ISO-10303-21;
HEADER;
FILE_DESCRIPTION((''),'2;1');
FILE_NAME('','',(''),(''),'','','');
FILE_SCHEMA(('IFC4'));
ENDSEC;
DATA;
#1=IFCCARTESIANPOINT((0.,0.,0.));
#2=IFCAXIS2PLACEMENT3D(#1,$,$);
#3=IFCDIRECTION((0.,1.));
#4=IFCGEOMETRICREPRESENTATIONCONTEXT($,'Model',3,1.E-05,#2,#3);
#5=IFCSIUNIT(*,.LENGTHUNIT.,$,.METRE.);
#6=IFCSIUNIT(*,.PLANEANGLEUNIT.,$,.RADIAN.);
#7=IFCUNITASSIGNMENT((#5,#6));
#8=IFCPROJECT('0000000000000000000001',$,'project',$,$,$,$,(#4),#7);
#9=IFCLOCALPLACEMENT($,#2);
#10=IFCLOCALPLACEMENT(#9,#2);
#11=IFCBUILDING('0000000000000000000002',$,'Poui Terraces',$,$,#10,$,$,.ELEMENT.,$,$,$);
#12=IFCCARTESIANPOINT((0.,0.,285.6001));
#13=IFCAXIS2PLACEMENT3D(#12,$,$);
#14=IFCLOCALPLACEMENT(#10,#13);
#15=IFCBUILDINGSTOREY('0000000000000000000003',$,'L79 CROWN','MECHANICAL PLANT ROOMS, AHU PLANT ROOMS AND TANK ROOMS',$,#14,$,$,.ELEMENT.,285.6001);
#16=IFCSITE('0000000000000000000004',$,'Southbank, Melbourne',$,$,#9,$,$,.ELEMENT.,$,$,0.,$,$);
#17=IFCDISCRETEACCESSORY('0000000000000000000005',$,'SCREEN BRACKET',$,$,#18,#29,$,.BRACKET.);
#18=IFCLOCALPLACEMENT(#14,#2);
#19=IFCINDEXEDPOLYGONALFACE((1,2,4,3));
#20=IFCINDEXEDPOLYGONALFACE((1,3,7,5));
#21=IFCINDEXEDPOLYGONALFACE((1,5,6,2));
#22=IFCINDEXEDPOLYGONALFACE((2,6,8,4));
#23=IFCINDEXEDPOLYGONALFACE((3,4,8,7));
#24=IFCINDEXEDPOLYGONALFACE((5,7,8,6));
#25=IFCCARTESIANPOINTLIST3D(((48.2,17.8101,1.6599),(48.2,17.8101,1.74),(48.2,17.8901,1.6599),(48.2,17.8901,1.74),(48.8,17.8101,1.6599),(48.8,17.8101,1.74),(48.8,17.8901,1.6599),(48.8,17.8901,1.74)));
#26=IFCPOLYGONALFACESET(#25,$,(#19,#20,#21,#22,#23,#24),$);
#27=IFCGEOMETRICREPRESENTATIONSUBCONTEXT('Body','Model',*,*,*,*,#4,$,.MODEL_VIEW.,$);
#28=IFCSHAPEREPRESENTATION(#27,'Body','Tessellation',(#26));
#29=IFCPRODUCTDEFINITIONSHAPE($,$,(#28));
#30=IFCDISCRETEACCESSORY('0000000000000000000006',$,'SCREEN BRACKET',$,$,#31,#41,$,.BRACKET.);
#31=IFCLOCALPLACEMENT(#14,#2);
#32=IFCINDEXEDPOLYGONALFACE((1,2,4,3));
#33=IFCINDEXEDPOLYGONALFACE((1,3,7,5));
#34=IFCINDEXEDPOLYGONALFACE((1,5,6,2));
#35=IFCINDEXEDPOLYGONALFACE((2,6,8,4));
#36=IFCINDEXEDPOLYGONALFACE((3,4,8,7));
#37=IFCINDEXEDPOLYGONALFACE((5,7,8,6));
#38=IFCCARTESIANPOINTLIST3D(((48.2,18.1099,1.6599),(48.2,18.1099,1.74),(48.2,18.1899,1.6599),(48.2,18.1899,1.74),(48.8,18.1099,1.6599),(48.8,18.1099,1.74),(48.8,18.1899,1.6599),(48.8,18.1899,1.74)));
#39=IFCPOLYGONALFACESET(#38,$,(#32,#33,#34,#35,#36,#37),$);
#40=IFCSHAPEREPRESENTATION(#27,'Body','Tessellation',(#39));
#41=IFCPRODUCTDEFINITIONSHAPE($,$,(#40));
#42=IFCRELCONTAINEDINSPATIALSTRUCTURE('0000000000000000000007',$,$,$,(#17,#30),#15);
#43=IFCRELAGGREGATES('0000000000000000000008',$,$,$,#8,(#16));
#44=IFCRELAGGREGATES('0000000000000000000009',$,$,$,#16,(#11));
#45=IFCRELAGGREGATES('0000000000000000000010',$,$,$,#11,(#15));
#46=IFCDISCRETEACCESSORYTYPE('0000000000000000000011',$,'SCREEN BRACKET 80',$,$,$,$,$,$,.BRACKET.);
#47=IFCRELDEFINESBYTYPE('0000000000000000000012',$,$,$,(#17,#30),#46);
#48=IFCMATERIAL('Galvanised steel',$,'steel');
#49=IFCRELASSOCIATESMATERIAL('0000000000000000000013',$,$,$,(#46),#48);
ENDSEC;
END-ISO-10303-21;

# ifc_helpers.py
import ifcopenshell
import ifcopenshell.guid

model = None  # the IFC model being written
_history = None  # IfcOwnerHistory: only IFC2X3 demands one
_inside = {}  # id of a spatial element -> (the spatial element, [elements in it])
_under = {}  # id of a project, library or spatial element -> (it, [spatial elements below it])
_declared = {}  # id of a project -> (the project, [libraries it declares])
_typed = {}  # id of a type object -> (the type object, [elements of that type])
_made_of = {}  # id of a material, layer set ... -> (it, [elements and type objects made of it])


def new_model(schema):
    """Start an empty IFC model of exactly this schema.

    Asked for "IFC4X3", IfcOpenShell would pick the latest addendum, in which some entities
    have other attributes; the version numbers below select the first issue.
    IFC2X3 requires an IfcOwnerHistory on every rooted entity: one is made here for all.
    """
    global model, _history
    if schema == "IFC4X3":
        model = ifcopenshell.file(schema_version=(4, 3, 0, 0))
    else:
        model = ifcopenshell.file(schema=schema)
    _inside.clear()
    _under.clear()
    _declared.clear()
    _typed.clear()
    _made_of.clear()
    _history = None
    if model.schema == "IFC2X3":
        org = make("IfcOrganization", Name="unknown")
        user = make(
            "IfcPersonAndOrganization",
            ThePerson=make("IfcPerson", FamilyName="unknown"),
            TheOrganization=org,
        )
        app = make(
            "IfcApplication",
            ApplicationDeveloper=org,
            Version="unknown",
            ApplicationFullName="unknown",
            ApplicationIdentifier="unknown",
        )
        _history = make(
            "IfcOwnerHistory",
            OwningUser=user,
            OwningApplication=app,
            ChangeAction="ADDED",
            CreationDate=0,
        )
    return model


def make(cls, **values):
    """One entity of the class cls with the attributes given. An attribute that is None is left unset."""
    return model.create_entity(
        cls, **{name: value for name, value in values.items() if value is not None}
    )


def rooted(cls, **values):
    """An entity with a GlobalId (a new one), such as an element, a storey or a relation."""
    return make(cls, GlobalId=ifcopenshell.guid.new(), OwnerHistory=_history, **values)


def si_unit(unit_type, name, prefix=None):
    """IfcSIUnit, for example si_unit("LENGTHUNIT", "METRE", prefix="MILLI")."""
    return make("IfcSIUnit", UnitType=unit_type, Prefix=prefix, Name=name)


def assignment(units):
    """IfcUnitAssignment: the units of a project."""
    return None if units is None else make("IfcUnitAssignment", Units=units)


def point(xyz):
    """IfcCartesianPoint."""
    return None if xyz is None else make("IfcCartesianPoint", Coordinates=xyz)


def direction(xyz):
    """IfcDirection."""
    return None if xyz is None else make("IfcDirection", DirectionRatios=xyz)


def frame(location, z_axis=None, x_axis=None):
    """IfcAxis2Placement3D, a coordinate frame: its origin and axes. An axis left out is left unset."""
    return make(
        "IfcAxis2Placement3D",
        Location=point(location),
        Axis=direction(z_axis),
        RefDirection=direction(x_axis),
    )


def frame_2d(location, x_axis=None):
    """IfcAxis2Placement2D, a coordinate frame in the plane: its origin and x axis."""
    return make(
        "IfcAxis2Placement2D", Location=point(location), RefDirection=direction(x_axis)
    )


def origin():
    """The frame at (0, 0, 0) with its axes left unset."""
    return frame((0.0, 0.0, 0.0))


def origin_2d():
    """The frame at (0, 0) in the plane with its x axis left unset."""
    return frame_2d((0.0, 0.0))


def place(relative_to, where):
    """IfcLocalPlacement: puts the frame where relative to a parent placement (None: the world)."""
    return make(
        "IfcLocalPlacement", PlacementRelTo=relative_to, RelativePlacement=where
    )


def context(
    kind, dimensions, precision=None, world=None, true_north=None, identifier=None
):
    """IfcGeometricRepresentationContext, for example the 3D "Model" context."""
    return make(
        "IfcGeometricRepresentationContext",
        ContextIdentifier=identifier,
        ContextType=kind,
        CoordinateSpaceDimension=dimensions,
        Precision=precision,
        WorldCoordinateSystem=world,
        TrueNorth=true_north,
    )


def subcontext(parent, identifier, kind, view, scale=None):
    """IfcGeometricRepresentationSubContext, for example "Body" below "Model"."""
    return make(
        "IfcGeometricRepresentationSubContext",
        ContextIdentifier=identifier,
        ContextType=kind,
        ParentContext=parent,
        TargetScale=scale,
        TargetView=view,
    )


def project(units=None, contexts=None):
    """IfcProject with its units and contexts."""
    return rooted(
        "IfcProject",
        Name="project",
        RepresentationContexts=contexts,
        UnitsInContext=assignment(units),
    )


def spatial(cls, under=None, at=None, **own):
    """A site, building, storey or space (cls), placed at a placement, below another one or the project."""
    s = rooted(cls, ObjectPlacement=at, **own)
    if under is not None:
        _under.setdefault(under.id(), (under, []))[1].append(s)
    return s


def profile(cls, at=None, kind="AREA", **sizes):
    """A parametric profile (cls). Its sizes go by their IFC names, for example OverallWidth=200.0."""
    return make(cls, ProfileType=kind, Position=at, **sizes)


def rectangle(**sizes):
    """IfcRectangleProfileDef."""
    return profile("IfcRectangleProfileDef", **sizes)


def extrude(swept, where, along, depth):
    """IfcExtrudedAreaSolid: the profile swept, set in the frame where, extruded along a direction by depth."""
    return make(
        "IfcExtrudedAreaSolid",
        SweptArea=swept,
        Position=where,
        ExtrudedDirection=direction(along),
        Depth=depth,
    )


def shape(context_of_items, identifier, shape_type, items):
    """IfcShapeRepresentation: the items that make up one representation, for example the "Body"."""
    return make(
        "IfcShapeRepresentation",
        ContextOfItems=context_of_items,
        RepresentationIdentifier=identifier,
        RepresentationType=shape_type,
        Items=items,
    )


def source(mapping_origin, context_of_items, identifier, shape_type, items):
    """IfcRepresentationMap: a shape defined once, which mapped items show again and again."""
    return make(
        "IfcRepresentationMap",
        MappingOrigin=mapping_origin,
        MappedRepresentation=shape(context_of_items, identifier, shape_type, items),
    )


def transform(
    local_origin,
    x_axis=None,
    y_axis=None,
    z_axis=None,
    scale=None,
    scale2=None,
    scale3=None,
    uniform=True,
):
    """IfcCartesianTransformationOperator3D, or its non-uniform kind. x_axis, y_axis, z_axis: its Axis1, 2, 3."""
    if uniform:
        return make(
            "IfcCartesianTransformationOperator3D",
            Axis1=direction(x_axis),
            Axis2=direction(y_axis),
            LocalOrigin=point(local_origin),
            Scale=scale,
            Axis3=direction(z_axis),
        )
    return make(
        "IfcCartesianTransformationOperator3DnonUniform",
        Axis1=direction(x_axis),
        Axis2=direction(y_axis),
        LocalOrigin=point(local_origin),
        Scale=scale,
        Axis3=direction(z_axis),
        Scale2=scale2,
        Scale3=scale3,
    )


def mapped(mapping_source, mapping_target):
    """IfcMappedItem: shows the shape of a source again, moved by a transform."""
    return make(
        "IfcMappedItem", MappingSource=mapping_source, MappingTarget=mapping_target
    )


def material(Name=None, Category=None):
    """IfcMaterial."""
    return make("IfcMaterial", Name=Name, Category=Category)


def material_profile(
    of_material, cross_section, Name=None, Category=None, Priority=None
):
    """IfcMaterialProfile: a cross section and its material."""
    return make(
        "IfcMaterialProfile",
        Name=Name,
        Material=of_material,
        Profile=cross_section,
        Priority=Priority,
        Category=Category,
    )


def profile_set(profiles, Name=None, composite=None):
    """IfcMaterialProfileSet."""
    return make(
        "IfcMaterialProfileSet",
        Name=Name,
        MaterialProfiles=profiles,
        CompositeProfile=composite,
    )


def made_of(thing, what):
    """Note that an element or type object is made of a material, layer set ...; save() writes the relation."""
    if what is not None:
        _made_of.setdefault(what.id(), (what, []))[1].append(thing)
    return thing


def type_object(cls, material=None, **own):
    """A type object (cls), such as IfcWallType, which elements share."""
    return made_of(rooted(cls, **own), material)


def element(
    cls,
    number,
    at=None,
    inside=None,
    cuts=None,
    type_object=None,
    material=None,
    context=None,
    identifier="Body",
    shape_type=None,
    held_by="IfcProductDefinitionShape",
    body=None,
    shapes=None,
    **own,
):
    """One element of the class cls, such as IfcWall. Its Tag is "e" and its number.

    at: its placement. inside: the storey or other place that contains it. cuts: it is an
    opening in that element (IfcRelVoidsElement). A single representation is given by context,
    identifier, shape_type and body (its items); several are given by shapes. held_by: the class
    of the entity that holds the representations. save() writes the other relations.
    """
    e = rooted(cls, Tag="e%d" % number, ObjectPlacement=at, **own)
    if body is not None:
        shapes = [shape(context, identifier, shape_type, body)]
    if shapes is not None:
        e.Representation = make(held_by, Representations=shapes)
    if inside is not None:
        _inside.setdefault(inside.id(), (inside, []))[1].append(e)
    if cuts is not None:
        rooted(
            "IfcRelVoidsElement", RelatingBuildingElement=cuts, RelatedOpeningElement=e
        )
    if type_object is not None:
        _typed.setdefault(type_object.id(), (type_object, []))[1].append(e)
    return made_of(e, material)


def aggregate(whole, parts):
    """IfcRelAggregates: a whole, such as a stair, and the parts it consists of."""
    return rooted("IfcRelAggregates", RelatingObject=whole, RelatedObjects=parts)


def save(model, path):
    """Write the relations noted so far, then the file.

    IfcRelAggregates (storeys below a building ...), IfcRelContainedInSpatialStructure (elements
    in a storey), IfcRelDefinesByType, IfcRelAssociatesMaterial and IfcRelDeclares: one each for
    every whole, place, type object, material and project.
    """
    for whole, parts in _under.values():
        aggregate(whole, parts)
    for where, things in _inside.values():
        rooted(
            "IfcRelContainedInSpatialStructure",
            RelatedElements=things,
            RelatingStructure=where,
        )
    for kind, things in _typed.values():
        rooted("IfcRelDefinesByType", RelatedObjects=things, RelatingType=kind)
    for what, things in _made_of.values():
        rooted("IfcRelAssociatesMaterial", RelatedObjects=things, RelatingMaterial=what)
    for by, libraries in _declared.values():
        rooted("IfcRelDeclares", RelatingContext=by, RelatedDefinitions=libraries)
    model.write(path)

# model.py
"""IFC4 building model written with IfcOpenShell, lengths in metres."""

from ifc_helpers import new_model, si_unit, direction, frame, origin, origin_2d, place, context, subcontext, project, spatial, rectangle, extrude, source, transform, mapped, material, material_profile, profile_set, type_object, element, save


model = new_model("IFC4")

# Units and contexts
model_context = context("Model", 3, precision=1e-05, world=origin(), true_north=direction((0.0, 1.0)))
body_context = subcontext(model_context, "Body", "Model", "MODEL_VIEW")
ifc_project = project(units=[si_unit("LENGTHUNIT", "METRE"), si_unit("PLANEANGLEUNIT", "RADIAN")], contexts=[model_context])

# Site, building, storey
site_placement = place(None, origin())
site = spatial("IfcSite", under=ifc_project, at=site_placement, Name="Southbank, Melbourne", CompositionType="ELEMENT", RefElevation=0.0)
building_placement = place(site_placement, origin())
building = spatial("IfcBuilding", under=site, at=building_placement, Name="Poui Terraces", CompositionType="ELEMENT")
storey_placement = place(building_placement, frame((0.0, 0.0, 285.6001)))
storey = spatial("IfcBuildingStorey", under=building, at=storey_placement, Name="L79 CROWN", Description="MECHANICAL PLANT ROOMS, AHU PLANT ROOMS AND TANK ROOMS", CompositionType="ELEMENT", Elevation=285.6001)

# Discrete accessories
ifc_material_1 = material(Name="Galvanised steel", Category="steel")
ifc_material_profile_1 = material_profile(ifc_material_1, rectangle(XDim=0.0801, YDim=0.0801, at=origin_2d()), Name="SCREEN BRACKET 80")
ifc_profile_set_1 = profile_set([ifc_material_profile_1], Name="Galvanised steel")
discrete_accessory_type = type_object("IfcDiscreteAccessoryType", Name="SCREEN BRACKET 80", PredefinedType="BRACKET", material=ifc_profile_set_1)
shared_shape_1 = source(origin(), body_context, "Body", "SweptSolid", [
    extrude(rectangle(XDim=0.0801, YDim=0.0801, at=origin_2d()), origin(), (0.0, 0.0, 1.0), 0.6001),
])
for number, where, z_axis, x_axis, name in (
    (1, (48.2, 17.8501, 1.7), (1.0, 0.0, 0.0), (0.0, 1.0, 0.0), "SCREEN BRACKET"),
    (2, (48.2, 18.1499, 1.7), (1.0, 0.0, 0.0), (0.0, 1.0, 0.0), "SCREEN BRACKET"),
):
    element("IfcDiscreteAccessory", number, at=place(storey_placement, frame(where, z_axis=z_axis, x_axis=x_axis)), inside=storey, type_object=discrete_accessory_type, Name=name, PredefinedType="BRACKET", context=body_context, shape_type="MappedRepresentation", body=[
        mapped(shared_shape_1, transform((0.0, 0.0, 0.0))),
    ])

save(model, "model.ifc")
